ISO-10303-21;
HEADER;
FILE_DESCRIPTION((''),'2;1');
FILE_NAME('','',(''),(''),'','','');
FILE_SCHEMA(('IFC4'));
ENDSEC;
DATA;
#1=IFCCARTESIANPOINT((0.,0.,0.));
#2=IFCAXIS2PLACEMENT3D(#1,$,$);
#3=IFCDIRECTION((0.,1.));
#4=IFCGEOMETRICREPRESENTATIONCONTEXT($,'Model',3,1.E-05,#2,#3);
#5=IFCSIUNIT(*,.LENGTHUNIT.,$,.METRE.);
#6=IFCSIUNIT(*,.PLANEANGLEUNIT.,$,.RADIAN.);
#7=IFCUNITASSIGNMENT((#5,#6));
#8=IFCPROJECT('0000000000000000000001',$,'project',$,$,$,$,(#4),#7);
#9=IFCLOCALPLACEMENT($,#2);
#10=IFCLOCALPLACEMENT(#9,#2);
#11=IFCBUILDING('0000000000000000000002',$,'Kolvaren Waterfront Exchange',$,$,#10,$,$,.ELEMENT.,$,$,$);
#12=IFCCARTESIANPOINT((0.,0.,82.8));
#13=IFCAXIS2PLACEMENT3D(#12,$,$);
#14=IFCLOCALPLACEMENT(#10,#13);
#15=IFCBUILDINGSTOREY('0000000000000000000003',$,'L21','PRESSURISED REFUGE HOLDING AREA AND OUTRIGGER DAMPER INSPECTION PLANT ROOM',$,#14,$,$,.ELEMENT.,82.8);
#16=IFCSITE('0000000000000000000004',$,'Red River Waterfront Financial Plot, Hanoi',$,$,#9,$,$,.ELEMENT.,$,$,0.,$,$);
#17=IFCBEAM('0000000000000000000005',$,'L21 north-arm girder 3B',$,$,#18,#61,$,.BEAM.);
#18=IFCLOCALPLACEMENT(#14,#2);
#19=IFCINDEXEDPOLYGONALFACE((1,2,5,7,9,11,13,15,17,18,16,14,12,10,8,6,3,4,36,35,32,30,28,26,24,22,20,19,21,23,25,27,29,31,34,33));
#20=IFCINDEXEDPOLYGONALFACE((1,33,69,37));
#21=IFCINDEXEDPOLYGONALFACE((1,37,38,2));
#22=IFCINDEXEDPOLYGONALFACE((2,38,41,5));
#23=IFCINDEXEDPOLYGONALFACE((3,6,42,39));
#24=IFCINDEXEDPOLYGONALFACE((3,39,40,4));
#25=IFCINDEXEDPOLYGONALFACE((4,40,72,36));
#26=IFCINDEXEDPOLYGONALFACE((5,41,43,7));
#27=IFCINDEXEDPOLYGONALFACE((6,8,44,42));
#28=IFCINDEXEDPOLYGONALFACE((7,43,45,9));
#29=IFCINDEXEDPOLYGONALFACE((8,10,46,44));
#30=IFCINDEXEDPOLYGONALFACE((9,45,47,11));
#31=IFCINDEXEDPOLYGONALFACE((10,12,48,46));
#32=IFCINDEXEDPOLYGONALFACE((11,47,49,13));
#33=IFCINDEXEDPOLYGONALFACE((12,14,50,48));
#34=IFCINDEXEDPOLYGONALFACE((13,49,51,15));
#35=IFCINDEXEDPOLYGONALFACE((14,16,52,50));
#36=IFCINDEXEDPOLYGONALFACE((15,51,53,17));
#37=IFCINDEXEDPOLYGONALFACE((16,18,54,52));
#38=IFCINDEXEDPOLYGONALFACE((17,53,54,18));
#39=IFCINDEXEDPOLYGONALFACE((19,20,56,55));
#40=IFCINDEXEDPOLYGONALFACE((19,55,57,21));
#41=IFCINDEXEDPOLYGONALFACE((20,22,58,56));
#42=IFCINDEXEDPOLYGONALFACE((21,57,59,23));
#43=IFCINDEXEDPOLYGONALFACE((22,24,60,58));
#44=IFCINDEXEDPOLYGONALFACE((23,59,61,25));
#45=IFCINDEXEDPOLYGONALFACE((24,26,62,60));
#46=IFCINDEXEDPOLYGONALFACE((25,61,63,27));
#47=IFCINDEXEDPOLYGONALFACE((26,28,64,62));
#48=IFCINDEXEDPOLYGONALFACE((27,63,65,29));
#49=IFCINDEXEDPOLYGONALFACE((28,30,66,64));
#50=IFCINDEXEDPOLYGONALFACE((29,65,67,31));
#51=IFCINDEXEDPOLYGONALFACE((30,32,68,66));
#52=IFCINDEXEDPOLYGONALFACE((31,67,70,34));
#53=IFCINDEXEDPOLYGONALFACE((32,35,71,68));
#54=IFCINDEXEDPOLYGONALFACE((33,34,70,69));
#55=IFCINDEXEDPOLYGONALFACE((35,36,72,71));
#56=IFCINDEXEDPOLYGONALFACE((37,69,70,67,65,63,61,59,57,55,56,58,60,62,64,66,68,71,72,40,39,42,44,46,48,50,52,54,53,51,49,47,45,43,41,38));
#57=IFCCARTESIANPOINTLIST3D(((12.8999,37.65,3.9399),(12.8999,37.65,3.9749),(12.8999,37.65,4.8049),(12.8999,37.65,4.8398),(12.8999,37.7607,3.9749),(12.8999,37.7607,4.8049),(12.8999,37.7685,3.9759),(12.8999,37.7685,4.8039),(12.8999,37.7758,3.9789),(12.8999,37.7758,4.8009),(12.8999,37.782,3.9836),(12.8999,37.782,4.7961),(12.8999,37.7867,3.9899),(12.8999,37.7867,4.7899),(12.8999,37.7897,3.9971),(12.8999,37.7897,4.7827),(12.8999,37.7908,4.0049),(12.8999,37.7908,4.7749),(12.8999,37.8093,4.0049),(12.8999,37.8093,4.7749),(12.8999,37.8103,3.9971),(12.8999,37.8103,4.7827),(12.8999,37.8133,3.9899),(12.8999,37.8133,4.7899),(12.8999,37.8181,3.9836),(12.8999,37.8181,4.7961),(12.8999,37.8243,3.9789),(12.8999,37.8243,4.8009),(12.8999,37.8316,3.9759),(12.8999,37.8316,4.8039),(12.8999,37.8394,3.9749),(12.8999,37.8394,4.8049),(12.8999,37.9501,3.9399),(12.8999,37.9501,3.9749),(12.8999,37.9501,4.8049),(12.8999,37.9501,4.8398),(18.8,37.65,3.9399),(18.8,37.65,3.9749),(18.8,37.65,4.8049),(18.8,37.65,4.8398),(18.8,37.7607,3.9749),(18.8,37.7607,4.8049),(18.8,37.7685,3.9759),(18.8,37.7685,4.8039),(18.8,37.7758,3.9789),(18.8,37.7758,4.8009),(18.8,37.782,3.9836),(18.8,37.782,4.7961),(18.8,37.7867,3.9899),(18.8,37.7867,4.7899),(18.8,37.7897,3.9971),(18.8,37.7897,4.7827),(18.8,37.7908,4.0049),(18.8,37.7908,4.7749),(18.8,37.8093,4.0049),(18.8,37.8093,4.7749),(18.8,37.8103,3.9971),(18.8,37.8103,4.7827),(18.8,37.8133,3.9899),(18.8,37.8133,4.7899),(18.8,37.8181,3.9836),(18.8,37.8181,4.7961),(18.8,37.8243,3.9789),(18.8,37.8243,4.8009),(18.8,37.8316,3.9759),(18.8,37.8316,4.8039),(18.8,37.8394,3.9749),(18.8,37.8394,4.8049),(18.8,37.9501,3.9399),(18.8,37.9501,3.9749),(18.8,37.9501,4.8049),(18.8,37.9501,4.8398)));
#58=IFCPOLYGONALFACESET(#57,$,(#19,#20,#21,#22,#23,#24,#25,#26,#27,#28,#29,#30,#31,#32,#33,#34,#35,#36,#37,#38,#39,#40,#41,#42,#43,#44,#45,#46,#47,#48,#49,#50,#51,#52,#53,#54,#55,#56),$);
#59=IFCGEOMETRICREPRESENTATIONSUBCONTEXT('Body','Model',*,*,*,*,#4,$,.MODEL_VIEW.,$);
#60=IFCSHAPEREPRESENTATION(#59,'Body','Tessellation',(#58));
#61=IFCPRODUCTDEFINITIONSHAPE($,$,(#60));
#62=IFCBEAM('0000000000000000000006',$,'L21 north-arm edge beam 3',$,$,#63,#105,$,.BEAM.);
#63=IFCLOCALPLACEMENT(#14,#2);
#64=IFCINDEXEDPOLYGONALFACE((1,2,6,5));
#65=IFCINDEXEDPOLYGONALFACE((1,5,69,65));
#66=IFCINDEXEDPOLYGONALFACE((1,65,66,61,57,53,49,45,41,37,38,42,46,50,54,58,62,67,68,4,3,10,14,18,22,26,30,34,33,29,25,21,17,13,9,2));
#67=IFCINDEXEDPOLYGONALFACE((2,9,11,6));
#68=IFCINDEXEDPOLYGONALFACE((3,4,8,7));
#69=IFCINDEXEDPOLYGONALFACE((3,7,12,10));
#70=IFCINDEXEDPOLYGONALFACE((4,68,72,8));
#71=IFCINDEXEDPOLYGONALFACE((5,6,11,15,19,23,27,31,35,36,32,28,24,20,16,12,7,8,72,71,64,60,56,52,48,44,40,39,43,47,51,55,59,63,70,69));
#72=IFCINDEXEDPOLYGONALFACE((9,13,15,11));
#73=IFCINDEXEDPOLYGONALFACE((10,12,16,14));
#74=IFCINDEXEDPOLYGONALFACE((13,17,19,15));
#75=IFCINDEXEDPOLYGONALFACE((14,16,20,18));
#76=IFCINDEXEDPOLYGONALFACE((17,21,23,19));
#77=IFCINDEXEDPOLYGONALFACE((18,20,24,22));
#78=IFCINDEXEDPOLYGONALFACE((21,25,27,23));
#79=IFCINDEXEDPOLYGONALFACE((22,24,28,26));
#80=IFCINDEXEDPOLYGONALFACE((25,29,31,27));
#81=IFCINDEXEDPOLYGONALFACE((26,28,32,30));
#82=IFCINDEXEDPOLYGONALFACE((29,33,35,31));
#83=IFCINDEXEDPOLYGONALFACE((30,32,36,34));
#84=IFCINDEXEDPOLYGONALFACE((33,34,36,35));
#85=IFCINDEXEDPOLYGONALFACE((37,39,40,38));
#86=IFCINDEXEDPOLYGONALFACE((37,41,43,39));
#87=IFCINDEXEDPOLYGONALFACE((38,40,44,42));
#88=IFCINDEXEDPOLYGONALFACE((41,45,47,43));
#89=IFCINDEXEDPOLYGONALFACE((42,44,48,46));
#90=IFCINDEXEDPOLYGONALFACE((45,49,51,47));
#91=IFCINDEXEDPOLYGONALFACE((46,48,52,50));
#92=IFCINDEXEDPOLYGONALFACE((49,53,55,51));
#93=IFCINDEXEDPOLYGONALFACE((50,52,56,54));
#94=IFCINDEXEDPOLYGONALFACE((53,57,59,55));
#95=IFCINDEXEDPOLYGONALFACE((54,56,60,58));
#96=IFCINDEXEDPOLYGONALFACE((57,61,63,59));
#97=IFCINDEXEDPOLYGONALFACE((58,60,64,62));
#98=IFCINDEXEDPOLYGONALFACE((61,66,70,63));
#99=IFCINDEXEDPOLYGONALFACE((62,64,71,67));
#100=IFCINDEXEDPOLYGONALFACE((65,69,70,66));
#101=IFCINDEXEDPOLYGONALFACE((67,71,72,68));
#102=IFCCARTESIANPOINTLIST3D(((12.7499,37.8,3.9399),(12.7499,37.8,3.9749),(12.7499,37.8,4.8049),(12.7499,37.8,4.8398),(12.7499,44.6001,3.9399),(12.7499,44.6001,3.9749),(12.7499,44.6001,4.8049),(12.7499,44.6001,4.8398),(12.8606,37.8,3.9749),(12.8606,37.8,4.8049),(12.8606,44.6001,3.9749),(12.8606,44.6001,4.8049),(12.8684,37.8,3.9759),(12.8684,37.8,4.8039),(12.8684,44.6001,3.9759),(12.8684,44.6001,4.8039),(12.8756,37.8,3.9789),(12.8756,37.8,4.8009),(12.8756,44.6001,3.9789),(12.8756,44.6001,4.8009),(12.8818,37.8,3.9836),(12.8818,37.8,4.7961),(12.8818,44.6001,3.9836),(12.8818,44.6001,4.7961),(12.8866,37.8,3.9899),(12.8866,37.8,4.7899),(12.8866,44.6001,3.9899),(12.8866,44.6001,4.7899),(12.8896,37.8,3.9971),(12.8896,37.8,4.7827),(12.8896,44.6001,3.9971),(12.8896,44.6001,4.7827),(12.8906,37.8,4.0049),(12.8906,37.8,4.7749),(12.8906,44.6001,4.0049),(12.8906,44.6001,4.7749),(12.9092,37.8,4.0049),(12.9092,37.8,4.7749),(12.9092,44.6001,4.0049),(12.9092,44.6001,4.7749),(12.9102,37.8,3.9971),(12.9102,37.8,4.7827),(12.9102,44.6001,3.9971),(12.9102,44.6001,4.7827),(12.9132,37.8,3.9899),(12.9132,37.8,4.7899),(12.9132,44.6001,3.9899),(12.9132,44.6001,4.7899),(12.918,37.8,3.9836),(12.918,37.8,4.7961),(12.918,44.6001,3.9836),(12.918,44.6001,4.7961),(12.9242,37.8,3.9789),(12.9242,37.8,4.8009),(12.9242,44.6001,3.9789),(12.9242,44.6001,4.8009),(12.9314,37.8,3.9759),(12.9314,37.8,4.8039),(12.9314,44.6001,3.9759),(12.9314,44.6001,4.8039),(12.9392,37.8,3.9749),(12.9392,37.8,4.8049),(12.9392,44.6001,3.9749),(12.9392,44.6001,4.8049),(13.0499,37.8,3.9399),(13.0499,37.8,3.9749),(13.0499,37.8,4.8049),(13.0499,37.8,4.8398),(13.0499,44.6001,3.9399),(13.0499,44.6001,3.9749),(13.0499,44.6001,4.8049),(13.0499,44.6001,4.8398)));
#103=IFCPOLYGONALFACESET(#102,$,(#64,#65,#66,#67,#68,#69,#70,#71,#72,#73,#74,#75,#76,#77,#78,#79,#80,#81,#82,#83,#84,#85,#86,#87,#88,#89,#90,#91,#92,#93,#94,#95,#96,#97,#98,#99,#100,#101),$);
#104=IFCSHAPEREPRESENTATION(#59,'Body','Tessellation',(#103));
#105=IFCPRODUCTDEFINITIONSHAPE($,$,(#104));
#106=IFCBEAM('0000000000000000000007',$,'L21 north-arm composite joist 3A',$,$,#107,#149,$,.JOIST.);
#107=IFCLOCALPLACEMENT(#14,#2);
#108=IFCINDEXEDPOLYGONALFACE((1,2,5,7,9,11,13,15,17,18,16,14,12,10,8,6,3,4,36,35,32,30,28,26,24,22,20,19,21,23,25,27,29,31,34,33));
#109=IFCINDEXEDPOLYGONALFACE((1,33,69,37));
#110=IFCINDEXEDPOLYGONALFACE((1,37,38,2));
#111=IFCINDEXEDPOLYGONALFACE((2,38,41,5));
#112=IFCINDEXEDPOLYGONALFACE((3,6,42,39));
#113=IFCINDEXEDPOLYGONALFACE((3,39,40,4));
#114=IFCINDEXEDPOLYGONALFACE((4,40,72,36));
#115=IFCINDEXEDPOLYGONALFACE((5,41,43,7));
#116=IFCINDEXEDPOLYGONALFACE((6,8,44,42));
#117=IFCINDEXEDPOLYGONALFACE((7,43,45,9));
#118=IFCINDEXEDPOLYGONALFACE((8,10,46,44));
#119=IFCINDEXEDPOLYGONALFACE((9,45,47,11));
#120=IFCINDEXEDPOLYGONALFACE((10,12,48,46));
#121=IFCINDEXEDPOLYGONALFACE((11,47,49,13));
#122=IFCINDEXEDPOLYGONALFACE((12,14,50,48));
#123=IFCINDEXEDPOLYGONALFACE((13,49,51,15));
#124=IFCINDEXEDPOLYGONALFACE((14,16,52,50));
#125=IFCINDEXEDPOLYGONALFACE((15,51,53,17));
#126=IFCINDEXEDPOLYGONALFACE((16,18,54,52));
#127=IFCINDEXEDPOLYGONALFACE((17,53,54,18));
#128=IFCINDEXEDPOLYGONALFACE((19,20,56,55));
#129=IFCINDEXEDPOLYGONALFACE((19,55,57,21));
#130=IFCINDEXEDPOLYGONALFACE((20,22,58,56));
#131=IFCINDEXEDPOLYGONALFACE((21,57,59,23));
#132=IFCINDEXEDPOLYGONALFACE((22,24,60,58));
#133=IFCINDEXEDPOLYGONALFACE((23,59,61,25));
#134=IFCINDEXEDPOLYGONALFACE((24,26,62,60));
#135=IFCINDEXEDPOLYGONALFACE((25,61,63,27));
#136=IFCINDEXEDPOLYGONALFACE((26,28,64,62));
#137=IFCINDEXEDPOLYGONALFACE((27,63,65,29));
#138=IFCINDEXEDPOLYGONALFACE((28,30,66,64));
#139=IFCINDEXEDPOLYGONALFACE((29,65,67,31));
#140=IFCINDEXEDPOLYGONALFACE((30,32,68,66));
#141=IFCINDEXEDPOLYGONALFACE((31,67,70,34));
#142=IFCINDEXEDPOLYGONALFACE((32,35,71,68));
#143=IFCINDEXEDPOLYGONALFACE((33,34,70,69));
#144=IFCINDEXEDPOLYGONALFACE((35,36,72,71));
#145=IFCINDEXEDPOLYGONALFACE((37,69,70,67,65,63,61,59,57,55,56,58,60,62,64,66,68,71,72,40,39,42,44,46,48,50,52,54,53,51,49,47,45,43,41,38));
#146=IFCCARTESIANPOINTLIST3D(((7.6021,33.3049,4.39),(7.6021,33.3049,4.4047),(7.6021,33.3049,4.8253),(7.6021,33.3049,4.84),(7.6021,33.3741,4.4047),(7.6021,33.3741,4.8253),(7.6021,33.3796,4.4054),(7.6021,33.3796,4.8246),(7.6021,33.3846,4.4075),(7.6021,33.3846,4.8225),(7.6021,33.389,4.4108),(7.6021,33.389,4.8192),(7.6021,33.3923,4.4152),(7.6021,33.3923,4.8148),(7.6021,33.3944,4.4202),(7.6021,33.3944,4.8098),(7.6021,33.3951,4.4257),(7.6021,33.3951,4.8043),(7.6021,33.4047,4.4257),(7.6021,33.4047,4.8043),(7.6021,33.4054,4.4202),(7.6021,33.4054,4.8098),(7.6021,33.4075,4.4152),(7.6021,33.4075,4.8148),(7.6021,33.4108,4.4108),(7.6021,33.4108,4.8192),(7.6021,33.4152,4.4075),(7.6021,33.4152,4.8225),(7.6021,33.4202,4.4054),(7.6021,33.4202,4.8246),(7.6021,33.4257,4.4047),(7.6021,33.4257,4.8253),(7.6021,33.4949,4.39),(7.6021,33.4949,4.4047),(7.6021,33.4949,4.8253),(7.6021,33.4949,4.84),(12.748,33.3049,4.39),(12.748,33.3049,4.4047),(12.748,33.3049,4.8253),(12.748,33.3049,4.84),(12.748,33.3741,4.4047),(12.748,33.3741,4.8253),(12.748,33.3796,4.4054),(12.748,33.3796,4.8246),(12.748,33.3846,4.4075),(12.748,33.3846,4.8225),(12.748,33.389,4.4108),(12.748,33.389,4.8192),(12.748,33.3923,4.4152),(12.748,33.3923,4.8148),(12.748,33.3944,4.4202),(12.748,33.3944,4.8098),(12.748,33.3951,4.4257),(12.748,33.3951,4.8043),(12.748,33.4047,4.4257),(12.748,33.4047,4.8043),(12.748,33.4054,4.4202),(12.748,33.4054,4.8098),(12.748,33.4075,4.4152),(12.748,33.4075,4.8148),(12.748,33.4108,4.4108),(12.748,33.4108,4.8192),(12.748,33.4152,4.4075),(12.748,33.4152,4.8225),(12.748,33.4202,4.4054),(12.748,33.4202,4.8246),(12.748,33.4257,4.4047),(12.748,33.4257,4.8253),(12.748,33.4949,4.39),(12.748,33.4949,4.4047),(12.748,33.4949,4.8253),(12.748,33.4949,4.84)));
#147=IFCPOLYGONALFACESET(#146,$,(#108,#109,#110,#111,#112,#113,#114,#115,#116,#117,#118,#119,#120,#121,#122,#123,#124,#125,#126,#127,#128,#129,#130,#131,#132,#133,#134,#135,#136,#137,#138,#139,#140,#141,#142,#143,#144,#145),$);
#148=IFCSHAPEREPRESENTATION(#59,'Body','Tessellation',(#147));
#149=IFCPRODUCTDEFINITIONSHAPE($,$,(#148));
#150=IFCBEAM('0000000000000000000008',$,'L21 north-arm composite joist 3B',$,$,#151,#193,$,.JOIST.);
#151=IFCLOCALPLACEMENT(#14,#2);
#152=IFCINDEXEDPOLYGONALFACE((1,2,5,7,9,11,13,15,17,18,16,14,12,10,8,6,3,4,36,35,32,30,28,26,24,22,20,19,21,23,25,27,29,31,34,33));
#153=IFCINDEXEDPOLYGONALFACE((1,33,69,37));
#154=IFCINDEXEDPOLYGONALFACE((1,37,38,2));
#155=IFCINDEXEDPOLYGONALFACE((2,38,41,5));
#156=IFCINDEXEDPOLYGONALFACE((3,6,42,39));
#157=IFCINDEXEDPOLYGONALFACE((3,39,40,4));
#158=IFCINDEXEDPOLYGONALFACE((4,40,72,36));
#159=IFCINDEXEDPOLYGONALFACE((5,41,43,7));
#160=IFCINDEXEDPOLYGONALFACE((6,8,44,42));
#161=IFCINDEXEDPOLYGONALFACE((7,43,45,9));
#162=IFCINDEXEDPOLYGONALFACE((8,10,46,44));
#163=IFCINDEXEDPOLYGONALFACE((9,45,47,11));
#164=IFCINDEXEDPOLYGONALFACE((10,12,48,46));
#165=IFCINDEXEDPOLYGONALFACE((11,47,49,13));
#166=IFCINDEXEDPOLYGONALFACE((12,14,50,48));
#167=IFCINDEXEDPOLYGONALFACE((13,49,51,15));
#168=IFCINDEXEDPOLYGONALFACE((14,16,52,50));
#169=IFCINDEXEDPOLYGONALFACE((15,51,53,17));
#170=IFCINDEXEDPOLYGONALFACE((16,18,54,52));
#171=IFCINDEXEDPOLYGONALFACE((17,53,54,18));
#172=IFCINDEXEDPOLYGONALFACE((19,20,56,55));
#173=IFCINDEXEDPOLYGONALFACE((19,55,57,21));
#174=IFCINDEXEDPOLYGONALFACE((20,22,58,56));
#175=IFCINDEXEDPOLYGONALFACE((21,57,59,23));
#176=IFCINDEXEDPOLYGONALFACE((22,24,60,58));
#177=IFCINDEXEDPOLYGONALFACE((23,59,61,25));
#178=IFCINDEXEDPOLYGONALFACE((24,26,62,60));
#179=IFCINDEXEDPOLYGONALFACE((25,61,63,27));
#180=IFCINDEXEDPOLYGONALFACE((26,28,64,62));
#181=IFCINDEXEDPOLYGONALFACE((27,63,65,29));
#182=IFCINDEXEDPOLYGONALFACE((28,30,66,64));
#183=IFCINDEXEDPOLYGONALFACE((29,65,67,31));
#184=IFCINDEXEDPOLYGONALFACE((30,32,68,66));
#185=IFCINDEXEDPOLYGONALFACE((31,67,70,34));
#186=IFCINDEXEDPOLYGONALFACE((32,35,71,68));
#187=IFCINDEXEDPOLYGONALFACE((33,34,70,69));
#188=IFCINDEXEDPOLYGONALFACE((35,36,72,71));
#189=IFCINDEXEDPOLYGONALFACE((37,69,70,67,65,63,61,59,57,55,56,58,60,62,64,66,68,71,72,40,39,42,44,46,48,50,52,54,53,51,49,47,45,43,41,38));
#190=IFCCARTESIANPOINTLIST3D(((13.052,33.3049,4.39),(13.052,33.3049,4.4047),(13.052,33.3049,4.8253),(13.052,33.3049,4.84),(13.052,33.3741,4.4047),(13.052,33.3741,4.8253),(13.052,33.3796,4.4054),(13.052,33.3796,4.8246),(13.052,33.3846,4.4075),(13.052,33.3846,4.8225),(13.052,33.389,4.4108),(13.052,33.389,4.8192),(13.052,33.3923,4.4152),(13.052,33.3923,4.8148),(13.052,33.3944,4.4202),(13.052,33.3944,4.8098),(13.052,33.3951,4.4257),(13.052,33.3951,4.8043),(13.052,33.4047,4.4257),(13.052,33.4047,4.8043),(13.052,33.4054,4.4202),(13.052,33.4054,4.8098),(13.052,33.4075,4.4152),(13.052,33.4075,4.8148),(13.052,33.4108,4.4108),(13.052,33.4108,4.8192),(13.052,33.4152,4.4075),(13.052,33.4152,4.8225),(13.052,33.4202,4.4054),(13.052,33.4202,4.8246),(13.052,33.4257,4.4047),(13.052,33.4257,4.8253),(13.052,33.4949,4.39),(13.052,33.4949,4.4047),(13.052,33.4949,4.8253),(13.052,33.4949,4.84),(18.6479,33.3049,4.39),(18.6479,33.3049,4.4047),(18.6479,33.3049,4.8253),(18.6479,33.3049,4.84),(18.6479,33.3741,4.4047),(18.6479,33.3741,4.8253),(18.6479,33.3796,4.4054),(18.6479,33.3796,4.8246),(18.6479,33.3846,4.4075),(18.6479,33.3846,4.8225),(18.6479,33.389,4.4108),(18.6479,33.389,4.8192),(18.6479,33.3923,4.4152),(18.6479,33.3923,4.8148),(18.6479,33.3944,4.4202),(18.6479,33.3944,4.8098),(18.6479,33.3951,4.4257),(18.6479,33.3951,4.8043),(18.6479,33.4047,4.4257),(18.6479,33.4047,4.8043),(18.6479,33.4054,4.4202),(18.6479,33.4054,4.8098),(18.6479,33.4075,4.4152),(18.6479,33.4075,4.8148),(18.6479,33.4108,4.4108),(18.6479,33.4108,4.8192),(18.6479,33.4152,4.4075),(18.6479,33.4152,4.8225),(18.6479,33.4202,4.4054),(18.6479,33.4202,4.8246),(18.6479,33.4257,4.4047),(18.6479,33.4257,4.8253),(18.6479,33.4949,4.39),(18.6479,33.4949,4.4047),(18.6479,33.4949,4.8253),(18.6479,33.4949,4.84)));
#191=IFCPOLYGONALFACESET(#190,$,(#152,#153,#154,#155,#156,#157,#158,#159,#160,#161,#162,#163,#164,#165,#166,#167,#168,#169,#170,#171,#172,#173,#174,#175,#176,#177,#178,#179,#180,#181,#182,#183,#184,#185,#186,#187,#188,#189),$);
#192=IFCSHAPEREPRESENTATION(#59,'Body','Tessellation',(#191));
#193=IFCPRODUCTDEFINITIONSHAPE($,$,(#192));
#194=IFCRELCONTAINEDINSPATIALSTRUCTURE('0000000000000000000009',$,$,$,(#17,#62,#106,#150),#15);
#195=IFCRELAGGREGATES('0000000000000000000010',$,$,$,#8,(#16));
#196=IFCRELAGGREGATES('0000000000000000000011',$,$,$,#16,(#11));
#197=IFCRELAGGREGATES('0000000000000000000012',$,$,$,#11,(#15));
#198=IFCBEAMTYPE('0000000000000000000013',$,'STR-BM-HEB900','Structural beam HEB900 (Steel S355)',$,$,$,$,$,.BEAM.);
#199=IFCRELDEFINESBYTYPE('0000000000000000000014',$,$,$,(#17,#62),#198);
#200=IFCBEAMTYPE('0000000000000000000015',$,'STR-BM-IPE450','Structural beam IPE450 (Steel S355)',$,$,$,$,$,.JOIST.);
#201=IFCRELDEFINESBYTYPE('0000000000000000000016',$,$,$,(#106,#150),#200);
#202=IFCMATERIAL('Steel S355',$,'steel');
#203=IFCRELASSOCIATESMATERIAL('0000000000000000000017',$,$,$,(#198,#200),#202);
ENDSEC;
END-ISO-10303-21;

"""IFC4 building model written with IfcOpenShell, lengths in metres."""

from ifc_helpers import new_model, si_unit, direction, frame, origin, origin_2d, place, context, subcontext, project, spatial, i_section, extrude, material, material_profile, profile_set, type_object, element, save


model = new_model("IFC4")

# Units and contexts
model_context = context("Model", 3, precision=1e-05, world=origin(), true_north=direction((0.0, 1.0)))
body_context = subcontext(model_context, "Body", "Model", "MODEL_VIEW")
ifc_project = project(units=[si_unit("LENGTHUNIT", "METRE"), si_unit("PLANEANGLEUNIT", "RADIAN")], contexts=[model_context])

# Site, building, storey
site_placement = place(None, origin())
site = spatial("IfcSite", under=ifc_project, at=site_placement, Name="Red River Waterfront Financial Plot, Hanoi", CompositionType="ELEMENT", RefElevation=0.0)
building_placement = place(site_placement, origin())
building = spatial("IfcBuilding", under=site, at=building_placement, Name="Kolvaren Waterfront Exchange", CompositionType="ELEMENT")
storey_placement = place(building_placement, frame((0.0, 0.0, 82.8)))
storey = spatial("IfcBuildingStorey", under=building, at=storey_placement, Name="L21", Description="PRESSURISED REFUGE HOLDING AREA AND OUTRIGGER DAMPER INSPECTION PLANT ROOM", CompositionType="ELEMENT", Elevation=82.8)

# Beams
ifc_material_1 = material(Name="Steel S355", Category="steel")
ifc_material_profile_1 = material_profile(ifc_material_1, i_section(OverallWidth=0.3, OverallDepth=0.8999, WebThickness=0.0186, FlangeThickness=0.0349, FilletRadius=0.03, at=origin_2d()), Name="HEB900")
ifc_profile_set_1 = profile_set([ifc_material_profile_1], Name="Steel S355")
beam_type_1 = type_object("IfcBeamType", Name="STR-BM-HEB900", Description="Structural beam HEB900 (Steel S355)", PredefinedType="BEAM", material=ifc_profile_set_1)
beam_1_placement = place(storey_placement, frame((12.8999, 37.8, 4.3899), z_axis=(1.0, 0.0, 0.0), x_axis=(0.0, 1.0, 0.0)))
element("IfcBeam", 1, at=beam_1_placement, inside=storey, type_object=beam_type_1, Name="L21 north-arm girder 3B", PredefinedType="BEAM", context=body_context, shape_type="SweptSolid", body=[
    extrude(i_section(OverallWidth=0.3, OverallDepth=0.8999, WebThickness=0.0186, FlangeThickness=0.0349, FilletRadius=0.03, at=origin_2d()), origin(), (0.0, 0.0, 1.0), 5.9001),
])
beam_2_placement = place(storey_placement, frame((12.8999, 37.8, 4.3899), z_axis=(0.0, 1.0, 0.0), x_axis=(-1.0, 0.0, 0.0)))
element("IfcBeam", 2, at=beam_2_placement, inside=storey, type_object=beam_type_1, Name="L21 north-arm edge beam 3", PredefinedType="BEAM", context=body_context, shape_type="SweptSolid", body=[
    extrude(i_section(OverallWidth=0.3, OverallDepth=0.8999, WebThickness=0.0186, FlangeThickness=0.0349, FilletRadius=0.03, at=origin_2d()), origin(), (0.0, 0.0, 1.0), 6.8),
])
ifc_material_profile_2 = material_profile(ifc_material_1, i_section(OverallWidth=0.1899, OverallDepth=0.45, WebThickness=0.0095, FlangeThickness=0.0146, FilletRadius=0.021, at=origin_2d()), Name="IPE450")
ifc_profile_set_2 = profile_set([ifc_material_profile_2], Name="Steel S355")
beam_type_2 = type_object("IfcBeamType", Name="STR-BM-IPE450", Description="Structural beam IPE450 (Steel S355)", PredefinedType="JOIST", material=ifc_profile_set_2)
beam_3_placement = place(storey_placement, frame((7.6021, 33.3999, 4.615), z_axis=(1.0, 0.0, 0.0), x_axis=(0.0, 1.0, 0.0)))
element("IfcBeam", 3, at=beam_3_placement, inside=storey, type_object=beam_type_2, Name="L21 north-arm composite joist 3A", PredefinedType="JOIST", context=body_context, shape_type="SweptSolid", body=[
    extrude(i_section(OverallWidth=0.1899, OverallDepth=0.45, WebThickness=0.0095, FlangeThickness=0.0146, FilletRadius=0.021, at=origin_2d()), origin(), (0.0, 0.0, 1.0), 5.146),
])
beam_4_placement = place(storey_placement, frame((13.052, 33.3999, 4.615), z_axis=(1.0, 0.0, 0.0), x_axis=(0.0, 1.0, 0.0)))
element("IfcBeam", 4, at=beam_4_placement, inside=storey, type_object=beam_type_2, Name="L21 north-arm composite joist 3B", PredefinedType="JOIST", context=body_context, shape_type="SweptSolid", body=[
    extrude(i_section(OverallWidth=0.1899, OverallDepth=0.45, WebThickness=0.0095, FlangeThickness=0.0146, FilletRadius=0.021, at=origin_2d()), origin(), (0.0, 0.0, 1.0), 5.5959),
])

save(model, "model.ifc")
